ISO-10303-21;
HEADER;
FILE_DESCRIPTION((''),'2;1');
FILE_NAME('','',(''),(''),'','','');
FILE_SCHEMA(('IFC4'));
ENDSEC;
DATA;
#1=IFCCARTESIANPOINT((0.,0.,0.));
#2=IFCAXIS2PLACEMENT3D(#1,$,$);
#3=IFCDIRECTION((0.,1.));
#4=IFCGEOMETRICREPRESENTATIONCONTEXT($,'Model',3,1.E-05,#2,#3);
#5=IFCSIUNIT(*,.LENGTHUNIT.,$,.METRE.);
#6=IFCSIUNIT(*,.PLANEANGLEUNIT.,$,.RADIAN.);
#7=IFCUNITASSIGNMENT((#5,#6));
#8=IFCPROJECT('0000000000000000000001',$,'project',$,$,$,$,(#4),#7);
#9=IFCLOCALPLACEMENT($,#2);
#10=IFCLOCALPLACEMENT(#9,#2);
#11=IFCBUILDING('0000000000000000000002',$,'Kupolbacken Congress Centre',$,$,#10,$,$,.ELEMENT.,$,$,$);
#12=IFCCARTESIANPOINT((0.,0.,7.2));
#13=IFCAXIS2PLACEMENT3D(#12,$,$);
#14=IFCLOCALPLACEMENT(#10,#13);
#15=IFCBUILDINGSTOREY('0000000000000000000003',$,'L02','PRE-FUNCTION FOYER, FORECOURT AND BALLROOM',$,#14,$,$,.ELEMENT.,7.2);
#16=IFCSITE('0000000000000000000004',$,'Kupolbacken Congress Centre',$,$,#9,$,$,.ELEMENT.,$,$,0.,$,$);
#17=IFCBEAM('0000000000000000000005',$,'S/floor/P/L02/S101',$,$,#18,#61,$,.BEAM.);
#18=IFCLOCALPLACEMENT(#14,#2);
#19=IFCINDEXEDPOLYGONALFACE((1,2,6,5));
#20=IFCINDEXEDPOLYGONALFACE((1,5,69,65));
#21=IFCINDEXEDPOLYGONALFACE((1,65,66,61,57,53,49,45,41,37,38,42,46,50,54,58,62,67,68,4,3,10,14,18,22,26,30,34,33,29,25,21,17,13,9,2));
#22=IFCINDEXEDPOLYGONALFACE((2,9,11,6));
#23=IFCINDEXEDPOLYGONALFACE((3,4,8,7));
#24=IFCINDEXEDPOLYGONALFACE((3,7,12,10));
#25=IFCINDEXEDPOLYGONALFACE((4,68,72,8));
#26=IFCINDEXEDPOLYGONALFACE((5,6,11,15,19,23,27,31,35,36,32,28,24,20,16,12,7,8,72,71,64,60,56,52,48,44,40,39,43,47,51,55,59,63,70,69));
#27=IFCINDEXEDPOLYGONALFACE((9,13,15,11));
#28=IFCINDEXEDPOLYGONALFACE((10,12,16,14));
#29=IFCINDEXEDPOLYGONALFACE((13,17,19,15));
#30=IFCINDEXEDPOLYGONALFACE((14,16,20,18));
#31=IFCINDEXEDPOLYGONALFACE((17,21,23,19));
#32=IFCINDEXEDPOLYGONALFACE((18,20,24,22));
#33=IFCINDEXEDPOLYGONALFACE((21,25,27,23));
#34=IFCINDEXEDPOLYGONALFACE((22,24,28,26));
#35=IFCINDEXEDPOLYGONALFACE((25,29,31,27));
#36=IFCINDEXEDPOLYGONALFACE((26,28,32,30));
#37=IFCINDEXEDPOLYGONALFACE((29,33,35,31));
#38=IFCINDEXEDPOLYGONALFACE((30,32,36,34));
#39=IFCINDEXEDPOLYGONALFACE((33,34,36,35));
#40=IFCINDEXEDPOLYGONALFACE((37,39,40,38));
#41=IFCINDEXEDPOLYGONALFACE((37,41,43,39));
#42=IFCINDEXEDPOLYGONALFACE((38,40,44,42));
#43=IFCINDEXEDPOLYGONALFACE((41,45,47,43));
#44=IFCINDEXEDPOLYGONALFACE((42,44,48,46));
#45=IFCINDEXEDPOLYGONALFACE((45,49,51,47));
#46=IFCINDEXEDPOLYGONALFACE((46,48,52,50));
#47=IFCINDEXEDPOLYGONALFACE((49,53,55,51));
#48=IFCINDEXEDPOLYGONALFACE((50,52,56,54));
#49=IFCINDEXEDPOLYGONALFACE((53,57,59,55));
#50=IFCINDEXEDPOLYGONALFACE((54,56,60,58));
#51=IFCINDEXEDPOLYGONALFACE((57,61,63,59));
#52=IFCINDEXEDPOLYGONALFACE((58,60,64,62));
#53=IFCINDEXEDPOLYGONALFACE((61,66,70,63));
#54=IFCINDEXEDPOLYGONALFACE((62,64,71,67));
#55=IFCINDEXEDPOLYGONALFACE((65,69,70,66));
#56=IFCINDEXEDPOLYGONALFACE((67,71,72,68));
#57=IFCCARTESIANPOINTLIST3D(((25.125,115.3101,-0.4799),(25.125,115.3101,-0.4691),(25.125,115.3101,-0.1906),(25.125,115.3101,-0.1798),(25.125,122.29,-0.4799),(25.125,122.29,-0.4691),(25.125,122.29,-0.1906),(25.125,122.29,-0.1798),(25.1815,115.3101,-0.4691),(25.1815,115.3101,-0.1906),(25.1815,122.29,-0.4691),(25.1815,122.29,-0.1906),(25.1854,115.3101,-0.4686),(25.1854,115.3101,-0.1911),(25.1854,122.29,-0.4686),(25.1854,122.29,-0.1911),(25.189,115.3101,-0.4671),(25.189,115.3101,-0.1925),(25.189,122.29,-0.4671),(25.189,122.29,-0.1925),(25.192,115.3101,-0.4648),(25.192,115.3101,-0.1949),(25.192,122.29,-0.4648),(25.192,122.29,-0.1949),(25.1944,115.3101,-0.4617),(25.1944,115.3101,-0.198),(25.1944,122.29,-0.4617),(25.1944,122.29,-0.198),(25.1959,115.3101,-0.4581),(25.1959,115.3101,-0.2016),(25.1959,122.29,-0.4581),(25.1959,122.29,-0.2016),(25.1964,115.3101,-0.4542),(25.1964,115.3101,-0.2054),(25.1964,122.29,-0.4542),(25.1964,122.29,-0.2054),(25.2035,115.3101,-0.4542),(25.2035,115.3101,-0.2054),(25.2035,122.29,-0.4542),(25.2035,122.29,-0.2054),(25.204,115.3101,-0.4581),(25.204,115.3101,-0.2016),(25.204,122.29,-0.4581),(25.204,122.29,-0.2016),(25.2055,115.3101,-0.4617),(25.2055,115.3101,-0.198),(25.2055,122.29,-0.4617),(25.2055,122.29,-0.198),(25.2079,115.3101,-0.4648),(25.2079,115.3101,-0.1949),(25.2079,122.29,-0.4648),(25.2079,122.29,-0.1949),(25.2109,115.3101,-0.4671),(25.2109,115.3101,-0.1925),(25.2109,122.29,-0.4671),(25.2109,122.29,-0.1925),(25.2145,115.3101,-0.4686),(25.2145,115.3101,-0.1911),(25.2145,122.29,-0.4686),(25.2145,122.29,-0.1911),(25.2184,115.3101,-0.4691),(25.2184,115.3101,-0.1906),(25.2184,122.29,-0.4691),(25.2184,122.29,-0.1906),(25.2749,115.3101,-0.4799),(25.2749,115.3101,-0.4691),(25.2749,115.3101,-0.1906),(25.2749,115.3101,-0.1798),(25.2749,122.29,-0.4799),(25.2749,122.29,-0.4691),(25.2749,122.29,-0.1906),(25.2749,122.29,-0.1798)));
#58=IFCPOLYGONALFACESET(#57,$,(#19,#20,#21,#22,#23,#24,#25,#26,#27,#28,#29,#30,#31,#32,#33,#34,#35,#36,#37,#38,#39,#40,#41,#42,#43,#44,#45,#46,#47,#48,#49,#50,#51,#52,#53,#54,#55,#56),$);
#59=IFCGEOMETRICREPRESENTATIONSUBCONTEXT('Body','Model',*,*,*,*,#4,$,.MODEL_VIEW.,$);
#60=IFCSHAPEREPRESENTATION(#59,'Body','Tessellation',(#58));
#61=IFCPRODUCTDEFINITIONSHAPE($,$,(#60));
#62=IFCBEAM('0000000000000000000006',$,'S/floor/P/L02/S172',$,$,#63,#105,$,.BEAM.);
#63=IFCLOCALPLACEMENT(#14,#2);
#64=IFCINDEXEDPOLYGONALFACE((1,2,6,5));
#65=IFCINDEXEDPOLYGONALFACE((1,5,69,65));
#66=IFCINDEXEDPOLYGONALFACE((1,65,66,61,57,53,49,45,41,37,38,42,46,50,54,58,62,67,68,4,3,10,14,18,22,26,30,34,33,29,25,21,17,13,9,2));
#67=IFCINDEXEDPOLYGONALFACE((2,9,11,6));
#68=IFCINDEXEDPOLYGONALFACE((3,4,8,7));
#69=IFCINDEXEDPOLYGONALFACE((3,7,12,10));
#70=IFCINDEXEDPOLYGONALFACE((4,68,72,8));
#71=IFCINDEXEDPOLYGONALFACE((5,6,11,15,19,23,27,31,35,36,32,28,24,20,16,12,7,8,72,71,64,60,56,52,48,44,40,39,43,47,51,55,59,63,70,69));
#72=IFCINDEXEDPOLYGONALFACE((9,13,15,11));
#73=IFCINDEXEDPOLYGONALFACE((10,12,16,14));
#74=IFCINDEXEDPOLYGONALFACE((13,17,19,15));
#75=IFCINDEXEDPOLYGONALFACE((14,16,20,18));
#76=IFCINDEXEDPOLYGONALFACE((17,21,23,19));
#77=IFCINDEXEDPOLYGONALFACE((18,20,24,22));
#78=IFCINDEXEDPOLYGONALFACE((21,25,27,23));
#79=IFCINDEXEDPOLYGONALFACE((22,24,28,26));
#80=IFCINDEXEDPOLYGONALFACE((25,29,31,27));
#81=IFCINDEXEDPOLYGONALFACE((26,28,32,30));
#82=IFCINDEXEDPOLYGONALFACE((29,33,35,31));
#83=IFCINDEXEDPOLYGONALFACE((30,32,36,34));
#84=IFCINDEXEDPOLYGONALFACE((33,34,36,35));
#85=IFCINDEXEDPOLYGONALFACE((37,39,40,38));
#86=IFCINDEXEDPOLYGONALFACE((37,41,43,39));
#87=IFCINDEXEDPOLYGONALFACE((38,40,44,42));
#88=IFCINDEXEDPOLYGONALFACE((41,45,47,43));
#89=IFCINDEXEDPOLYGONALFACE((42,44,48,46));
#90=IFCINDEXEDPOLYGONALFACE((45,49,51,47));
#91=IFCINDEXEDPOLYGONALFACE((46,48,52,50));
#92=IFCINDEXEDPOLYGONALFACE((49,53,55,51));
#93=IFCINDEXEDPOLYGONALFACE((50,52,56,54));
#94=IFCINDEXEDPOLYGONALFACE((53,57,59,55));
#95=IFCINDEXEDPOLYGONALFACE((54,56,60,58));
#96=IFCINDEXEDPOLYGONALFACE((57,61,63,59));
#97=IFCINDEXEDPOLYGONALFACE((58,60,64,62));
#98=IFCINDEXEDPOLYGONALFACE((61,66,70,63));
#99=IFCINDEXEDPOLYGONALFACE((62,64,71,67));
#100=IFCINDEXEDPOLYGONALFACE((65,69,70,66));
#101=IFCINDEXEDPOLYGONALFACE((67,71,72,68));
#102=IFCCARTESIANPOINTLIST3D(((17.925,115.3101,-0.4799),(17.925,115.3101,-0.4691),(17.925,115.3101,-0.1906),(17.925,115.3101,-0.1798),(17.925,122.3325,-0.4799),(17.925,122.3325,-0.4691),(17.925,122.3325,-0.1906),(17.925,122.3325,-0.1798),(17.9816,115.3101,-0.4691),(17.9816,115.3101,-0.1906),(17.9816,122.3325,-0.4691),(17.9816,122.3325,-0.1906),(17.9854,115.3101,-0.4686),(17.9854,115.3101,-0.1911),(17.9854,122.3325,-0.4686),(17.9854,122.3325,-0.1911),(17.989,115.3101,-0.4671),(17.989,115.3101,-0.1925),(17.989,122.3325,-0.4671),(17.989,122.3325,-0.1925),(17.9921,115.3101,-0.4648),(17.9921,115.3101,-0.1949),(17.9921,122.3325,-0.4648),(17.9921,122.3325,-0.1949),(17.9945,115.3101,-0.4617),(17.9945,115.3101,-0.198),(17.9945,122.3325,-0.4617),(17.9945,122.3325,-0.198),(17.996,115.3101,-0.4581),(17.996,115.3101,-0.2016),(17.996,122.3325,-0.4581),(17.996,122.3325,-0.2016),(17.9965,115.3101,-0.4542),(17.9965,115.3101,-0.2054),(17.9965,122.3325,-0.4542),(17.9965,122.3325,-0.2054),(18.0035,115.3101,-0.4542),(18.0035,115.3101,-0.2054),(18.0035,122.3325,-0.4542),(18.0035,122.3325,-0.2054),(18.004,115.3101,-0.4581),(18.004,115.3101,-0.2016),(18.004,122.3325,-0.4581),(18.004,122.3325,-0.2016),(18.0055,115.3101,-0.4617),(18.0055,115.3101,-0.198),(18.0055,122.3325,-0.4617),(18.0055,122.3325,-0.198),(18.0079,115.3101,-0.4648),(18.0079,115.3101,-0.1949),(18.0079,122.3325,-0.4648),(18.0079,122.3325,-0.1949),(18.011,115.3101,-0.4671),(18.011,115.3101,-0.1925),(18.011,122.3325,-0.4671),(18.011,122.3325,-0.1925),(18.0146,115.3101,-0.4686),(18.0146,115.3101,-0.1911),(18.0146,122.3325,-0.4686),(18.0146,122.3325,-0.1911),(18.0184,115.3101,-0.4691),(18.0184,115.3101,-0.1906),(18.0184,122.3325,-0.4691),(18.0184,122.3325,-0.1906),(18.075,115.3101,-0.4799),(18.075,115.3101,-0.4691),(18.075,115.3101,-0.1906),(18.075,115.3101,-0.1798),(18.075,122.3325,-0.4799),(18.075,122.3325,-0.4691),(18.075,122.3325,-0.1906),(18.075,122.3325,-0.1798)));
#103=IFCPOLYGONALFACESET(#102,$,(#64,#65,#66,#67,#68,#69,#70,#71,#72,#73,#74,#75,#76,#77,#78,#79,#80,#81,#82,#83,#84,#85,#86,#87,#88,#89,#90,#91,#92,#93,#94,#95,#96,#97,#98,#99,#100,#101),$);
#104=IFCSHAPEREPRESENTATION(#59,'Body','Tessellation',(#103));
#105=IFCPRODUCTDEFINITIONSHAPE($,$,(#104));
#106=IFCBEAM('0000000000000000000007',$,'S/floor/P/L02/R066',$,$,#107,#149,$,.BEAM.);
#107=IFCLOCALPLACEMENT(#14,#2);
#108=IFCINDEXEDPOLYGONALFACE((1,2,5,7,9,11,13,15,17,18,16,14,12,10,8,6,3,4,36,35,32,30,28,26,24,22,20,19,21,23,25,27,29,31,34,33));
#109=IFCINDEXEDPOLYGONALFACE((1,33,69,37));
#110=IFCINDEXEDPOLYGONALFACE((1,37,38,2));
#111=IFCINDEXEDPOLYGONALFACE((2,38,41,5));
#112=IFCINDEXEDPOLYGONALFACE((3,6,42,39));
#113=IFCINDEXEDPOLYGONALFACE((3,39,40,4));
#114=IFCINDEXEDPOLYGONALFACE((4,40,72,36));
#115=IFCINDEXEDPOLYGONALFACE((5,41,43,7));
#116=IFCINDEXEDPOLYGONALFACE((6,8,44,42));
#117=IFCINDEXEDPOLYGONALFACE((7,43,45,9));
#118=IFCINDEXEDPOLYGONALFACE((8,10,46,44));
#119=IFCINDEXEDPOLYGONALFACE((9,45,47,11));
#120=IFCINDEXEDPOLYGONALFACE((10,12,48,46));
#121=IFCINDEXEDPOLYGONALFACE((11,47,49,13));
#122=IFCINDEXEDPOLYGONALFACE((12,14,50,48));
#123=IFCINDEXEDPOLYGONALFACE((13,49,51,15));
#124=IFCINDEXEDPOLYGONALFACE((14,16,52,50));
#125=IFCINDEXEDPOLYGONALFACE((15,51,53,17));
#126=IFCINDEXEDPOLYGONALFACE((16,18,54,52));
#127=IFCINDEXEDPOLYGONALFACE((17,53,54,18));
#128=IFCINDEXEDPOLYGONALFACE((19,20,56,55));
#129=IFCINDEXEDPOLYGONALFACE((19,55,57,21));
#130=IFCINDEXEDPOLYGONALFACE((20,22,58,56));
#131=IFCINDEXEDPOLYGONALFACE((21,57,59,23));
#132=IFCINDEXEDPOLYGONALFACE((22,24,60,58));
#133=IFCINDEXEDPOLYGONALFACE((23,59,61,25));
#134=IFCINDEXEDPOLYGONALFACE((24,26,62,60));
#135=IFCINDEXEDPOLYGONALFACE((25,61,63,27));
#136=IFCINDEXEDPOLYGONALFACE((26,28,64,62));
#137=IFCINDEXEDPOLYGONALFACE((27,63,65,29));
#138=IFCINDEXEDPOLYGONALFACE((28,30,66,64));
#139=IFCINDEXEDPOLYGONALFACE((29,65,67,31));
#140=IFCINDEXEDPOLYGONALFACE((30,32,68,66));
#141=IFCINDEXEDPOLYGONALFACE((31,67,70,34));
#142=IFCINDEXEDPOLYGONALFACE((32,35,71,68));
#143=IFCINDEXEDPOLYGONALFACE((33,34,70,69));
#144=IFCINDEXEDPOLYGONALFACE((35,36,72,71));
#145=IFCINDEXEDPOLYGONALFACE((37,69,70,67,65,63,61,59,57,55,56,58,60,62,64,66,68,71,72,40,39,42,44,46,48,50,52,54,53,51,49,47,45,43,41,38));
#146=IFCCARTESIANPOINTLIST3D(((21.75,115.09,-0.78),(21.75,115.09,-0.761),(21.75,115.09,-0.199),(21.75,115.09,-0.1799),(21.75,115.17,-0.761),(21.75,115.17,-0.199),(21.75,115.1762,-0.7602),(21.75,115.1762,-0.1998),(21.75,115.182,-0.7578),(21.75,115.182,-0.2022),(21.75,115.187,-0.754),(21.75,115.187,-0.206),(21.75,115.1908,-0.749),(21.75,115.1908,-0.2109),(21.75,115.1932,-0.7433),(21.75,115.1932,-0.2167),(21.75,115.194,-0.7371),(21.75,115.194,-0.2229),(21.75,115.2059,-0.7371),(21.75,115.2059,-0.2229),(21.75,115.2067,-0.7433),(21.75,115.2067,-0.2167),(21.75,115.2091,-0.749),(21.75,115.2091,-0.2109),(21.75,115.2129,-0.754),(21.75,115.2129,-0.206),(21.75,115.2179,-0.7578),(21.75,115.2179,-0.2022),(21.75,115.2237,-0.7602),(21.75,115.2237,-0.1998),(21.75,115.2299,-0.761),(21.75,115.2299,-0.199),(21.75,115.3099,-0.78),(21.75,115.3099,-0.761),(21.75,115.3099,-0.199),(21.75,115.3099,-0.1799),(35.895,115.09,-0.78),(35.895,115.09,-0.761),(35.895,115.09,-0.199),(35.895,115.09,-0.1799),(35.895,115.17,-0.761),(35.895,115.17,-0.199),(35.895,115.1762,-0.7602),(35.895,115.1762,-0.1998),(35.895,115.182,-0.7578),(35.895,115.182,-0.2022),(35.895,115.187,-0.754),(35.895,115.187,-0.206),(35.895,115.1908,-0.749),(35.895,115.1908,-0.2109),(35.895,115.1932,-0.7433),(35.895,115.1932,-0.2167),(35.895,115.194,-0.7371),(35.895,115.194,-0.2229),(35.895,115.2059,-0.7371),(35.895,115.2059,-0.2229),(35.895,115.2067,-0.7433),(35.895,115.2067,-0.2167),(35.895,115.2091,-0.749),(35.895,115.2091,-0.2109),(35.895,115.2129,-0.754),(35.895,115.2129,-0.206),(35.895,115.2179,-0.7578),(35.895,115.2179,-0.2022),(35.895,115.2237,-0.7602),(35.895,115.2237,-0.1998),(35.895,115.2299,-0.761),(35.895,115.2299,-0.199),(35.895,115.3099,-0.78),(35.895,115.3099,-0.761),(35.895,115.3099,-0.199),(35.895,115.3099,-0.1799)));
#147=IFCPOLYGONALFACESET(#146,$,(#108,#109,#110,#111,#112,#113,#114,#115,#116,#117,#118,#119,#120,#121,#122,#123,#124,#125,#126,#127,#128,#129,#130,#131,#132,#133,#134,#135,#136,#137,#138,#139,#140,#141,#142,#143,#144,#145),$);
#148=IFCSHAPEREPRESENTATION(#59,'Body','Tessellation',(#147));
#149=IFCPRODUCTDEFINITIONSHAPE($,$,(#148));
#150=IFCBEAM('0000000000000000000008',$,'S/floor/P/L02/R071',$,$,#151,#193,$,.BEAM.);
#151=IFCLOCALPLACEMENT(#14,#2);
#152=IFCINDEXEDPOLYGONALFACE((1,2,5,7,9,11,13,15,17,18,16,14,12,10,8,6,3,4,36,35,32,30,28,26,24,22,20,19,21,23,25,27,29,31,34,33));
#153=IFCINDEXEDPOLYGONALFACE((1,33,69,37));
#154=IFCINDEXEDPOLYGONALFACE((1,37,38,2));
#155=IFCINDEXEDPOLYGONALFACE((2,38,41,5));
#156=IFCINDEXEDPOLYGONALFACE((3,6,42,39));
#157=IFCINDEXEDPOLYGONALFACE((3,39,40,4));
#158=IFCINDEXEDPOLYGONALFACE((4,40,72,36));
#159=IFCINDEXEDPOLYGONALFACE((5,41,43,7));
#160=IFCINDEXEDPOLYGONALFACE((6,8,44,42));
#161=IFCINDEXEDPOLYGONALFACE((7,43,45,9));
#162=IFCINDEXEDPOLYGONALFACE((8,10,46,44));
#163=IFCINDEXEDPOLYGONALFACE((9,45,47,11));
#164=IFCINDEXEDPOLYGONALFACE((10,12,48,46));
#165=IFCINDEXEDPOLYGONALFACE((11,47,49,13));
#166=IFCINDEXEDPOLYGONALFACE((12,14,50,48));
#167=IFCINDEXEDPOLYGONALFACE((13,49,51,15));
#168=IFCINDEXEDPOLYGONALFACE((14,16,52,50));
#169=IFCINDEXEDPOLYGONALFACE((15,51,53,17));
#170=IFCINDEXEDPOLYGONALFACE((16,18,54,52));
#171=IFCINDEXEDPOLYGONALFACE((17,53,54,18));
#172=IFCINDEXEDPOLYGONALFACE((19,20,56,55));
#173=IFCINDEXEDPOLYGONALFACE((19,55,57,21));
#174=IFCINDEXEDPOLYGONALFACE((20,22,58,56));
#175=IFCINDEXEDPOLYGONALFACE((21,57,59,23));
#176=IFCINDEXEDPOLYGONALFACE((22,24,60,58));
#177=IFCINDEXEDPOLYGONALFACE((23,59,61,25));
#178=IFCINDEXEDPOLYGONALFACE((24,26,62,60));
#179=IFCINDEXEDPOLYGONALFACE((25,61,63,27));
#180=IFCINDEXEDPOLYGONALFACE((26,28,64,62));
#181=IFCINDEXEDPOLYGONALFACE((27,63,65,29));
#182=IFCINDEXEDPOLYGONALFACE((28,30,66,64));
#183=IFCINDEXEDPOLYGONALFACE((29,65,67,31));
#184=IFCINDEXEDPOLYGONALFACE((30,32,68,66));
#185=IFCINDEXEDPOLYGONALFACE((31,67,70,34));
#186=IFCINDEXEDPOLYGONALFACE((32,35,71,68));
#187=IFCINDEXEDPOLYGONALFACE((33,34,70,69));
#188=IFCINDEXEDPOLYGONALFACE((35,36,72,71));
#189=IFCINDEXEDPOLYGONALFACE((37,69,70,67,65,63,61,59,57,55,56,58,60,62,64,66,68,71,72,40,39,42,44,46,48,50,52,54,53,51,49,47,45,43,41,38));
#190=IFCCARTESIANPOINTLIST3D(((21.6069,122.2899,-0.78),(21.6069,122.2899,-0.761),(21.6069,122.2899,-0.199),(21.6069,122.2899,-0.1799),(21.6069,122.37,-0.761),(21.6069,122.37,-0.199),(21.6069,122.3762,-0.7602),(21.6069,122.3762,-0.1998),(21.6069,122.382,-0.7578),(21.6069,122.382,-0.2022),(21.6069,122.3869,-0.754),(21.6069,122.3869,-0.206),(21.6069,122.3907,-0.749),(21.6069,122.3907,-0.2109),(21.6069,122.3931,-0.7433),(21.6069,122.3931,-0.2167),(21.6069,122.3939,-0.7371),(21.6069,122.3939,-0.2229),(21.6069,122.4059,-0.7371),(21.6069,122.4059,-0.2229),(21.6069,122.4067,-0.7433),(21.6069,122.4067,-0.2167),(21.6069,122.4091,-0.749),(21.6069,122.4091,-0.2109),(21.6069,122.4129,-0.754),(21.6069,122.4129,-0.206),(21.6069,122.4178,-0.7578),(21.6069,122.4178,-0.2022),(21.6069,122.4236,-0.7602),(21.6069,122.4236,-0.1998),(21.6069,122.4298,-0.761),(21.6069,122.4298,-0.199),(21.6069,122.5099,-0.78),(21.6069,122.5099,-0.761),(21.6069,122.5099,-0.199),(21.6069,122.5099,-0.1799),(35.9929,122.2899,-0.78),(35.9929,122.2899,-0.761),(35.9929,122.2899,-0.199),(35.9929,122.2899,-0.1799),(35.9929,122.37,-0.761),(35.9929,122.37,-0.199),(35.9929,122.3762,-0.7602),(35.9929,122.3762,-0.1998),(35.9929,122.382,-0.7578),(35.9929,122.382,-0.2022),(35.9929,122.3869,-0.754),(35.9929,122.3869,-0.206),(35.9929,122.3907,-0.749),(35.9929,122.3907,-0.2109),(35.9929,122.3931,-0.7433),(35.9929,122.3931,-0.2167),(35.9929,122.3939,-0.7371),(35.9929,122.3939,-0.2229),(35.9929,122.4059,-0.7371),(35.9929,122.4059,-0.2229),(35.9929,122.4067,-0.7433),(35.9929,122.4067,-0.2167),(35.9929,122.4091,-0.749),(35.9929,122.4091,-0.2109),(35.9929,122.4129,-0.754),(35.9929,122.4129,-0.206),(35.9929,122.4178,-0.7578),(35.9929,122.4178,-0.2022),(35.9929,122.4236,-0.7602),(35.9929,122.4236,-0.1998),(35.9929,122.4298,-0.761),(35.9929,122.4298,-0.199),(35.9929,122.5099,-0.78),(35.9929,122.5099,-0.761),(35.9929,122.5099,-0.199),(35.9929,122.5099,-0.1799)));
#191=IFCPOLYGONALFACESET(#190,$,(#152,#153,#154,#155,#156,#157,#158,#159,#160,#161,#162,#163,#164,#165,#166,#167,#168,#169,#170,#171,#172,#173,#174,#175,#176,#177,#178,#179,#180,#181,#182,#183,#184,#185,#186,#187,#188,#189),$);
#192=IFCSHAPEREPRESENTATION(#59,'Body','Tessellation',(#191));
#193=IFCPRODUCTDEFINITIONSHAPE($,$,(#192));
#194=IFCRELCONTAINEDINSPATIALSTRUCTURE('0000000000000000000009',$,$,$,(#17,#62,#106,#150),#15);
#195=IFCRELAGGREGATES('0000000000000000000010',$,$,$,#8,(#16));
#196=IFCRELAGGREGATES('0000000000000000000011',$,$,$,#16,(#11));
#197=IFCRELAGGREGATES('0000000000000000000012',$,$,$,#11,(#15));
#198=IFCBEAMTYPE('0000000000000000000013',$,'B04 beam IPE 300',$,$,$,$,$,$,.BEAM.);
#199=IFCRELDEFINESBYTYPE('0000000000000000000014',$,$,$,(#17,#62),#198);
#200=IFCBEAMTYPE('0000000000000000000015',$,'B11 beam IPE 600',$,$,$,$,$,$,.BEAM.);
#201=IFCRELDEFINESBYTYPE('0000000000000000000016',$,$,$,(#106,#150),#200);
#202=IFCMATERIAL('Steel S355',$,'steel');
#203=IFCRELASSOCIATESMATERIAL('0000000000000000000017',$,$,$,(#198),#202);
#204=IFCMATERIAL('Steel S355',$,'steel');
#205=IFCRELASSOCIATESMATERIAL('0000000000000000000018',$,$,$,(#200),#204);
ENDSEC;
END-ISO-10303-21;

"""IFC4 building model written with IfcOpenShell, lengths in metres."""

from ifc_helpers import new_model, si_unit, direction, frame, origin, origin_2d, place, context, subcontext, project, spatial, i_section, extrude, material, material_profile, profile_set, type_object, element, save


model = new_model("IFC4")

# Units and contexts
model_context = context("Model", 3, precision=1e-05, world=origin(), true_north=direction((0.0, 1.0)))
body_context = subcontext(model_context, "Body", "Model", "MODEL_VIEW")
ifc_project = project(units=[si_unit("LENGTHUNIT", "METRE"), si_unit("PLANEANGLEUNIT", "RADIAN")], contexts=[model_context])

# Site, building, storey
site_placement = place(None, origin())
site = spatial("IfcSite", under=ifc_project, at=site_placement, Name="Kupolbacken Congress Centre", CompositionType="ELEMENT", RefElevation=0.0)
building_placement = place(site_placement, origin())
building = spatial("IfcBuilding", under=site, at=building_placement, Name="Kupolbacken Congress Centre", CompositionType="ELEMENT")
storey_placement = place(building_placement, frame((0.0, 0.0, 7.2)))
storey = spatial("IfcBuildingStorey", under=building, at=storey_placement, Name="L02", Description="PRE-FUNCTION FOYER, FORECOURT AND BALLROOM", CompositionType="ELEMENT", Elevation=7.2)

# Beams
ifc_material_1 = material(Name="Steel S355", Category="steel")
ifc_material_profile_1 = material_profile(ifc_material_1, i_section(OverallWidth=0.1499, OverallDepth=0.3, WebThickness=0.0071, FlangeThickness=0.0107, FilletRadius=0.0149, at=origin_2d()), Name="IPE 300")
ifc_profile_set_1 = profile_set([ifc_material_profile_1], Name="Steel S355")
beam_type_1 = type_object("IfcBeamType", Name="B04 beam IPE 300", PredefinedType="BEAM", material=ifc_profile_set_1)
beam_1_placement = place(storey_placement, frame((25.2, 115.3101, -0.3298), z_axis=(0.0, 1.0, 0.0), x_axis=(-1.0, 0.0, 0.0)))
element("IfcBeam", 1, at=beam_1_placement, inside=storey, type_object=beam_type_1, Name="S/floor/P/L02/S101", PredefinedType="BEAM", context=body_context, shape_type="SweptSolid", body=[
    extrude(i_section(OverallWidth=0.1499, OverallDepth=0.3, WebThickness=0.0071, FlangeThickness=0.0107, FilletRadius=0.0149, at=origin_2d()), origin(), (0.0, 0.0, 1.0), 6.98),
])
beam_2_placement = place(storey_placement, frame((18.0, 115.3101, -0.3298), z_axis=(0.0, 1.0, 0.0), x_axis=(-1.0, 0.0, 0.0)))
element("IfcBeam", 2, at=beam_2_placement, inside=storey, type_object=beam_type_1, Name="S/floor/P/L02/S172", PredefinedType="BEAM", context=body_context, shape_type="SweptSolid", body=[
    extrude(i_section(OverallWidth=0.1499, OverallDepth=0.3, WebThickness=0.0071, FlangeThickness=0.0107, FilletRadius=0.0149, at=origin_2d()), origin(), (0.0, 0.0, 1.0), 7.0225),
])
ifc_material_2 = material(Name="Steel S355", Category="steel")
ifc_material_profile_2 = material_profile(ifc_material_2, i_section(OverallWidth=0.22, OverallDepth=0.6001, WebThickness=0.012, FlangeThickness=0.019, FilletRadius=0.0239, at=origin_2d()), Name="IPE 600")
ifc_profile_set_2 = profile_set([ifc_material_profile_2], Name="Steel S355")
beam_type_2 = type_object("IfcBeamType", Name="B11 beam IPE 600", PredefinedType="BEAM", material=ifc_profile_set_2)
beam_3_placement = place(storey_placement, frame((21.75, 115.2, -0.48), z_axis=(1.0, 0.0, 0.0), x_axis=(0.0, 1.0, 0.0)))
element("IfcBeam", 3, at=beam_3_placement, inside=storey, type_object=beam_type_2, Name="S/floor/P/L02/R066", PredefinedType="BEAM", context=body_context, shape_type="SweptSolid", body=[
    extrude(i_section(OverallWidth=0.22, OverallDepth=0.6001, WebThickness=0.012, FlangeThickness=0.019, FilletRadius=0.0239, at=origin_2d()), origin(), (0.0, 0.0, 1.0), 14.145),
])
beam_4_placement = place(storey_placement, frame((21.6069, 122.3999, -0.48), z_axis=(1.0, 0.0, 0.0), x_axis=(0.0, 1.0, 0.0)))
element("IfcBeam", 4, at=beam_4_placement, inside=storey, type_object=beam_type_2, Name="S/floor/P/L02/R071", PredefinedType="BEAM", context=body_context, shape_type="SweptSolid", body=[
    extrude(i_section(OverallWidth=0.22, OverallDepth=0.6001, WebThickness=0.012, FlangeThickness=0.019, FilletRadius=0.0239, at=origin_2d()), origin(), (0.0, 0.0, 1.0), 14.386),
])

save(model, "model.ifc")
